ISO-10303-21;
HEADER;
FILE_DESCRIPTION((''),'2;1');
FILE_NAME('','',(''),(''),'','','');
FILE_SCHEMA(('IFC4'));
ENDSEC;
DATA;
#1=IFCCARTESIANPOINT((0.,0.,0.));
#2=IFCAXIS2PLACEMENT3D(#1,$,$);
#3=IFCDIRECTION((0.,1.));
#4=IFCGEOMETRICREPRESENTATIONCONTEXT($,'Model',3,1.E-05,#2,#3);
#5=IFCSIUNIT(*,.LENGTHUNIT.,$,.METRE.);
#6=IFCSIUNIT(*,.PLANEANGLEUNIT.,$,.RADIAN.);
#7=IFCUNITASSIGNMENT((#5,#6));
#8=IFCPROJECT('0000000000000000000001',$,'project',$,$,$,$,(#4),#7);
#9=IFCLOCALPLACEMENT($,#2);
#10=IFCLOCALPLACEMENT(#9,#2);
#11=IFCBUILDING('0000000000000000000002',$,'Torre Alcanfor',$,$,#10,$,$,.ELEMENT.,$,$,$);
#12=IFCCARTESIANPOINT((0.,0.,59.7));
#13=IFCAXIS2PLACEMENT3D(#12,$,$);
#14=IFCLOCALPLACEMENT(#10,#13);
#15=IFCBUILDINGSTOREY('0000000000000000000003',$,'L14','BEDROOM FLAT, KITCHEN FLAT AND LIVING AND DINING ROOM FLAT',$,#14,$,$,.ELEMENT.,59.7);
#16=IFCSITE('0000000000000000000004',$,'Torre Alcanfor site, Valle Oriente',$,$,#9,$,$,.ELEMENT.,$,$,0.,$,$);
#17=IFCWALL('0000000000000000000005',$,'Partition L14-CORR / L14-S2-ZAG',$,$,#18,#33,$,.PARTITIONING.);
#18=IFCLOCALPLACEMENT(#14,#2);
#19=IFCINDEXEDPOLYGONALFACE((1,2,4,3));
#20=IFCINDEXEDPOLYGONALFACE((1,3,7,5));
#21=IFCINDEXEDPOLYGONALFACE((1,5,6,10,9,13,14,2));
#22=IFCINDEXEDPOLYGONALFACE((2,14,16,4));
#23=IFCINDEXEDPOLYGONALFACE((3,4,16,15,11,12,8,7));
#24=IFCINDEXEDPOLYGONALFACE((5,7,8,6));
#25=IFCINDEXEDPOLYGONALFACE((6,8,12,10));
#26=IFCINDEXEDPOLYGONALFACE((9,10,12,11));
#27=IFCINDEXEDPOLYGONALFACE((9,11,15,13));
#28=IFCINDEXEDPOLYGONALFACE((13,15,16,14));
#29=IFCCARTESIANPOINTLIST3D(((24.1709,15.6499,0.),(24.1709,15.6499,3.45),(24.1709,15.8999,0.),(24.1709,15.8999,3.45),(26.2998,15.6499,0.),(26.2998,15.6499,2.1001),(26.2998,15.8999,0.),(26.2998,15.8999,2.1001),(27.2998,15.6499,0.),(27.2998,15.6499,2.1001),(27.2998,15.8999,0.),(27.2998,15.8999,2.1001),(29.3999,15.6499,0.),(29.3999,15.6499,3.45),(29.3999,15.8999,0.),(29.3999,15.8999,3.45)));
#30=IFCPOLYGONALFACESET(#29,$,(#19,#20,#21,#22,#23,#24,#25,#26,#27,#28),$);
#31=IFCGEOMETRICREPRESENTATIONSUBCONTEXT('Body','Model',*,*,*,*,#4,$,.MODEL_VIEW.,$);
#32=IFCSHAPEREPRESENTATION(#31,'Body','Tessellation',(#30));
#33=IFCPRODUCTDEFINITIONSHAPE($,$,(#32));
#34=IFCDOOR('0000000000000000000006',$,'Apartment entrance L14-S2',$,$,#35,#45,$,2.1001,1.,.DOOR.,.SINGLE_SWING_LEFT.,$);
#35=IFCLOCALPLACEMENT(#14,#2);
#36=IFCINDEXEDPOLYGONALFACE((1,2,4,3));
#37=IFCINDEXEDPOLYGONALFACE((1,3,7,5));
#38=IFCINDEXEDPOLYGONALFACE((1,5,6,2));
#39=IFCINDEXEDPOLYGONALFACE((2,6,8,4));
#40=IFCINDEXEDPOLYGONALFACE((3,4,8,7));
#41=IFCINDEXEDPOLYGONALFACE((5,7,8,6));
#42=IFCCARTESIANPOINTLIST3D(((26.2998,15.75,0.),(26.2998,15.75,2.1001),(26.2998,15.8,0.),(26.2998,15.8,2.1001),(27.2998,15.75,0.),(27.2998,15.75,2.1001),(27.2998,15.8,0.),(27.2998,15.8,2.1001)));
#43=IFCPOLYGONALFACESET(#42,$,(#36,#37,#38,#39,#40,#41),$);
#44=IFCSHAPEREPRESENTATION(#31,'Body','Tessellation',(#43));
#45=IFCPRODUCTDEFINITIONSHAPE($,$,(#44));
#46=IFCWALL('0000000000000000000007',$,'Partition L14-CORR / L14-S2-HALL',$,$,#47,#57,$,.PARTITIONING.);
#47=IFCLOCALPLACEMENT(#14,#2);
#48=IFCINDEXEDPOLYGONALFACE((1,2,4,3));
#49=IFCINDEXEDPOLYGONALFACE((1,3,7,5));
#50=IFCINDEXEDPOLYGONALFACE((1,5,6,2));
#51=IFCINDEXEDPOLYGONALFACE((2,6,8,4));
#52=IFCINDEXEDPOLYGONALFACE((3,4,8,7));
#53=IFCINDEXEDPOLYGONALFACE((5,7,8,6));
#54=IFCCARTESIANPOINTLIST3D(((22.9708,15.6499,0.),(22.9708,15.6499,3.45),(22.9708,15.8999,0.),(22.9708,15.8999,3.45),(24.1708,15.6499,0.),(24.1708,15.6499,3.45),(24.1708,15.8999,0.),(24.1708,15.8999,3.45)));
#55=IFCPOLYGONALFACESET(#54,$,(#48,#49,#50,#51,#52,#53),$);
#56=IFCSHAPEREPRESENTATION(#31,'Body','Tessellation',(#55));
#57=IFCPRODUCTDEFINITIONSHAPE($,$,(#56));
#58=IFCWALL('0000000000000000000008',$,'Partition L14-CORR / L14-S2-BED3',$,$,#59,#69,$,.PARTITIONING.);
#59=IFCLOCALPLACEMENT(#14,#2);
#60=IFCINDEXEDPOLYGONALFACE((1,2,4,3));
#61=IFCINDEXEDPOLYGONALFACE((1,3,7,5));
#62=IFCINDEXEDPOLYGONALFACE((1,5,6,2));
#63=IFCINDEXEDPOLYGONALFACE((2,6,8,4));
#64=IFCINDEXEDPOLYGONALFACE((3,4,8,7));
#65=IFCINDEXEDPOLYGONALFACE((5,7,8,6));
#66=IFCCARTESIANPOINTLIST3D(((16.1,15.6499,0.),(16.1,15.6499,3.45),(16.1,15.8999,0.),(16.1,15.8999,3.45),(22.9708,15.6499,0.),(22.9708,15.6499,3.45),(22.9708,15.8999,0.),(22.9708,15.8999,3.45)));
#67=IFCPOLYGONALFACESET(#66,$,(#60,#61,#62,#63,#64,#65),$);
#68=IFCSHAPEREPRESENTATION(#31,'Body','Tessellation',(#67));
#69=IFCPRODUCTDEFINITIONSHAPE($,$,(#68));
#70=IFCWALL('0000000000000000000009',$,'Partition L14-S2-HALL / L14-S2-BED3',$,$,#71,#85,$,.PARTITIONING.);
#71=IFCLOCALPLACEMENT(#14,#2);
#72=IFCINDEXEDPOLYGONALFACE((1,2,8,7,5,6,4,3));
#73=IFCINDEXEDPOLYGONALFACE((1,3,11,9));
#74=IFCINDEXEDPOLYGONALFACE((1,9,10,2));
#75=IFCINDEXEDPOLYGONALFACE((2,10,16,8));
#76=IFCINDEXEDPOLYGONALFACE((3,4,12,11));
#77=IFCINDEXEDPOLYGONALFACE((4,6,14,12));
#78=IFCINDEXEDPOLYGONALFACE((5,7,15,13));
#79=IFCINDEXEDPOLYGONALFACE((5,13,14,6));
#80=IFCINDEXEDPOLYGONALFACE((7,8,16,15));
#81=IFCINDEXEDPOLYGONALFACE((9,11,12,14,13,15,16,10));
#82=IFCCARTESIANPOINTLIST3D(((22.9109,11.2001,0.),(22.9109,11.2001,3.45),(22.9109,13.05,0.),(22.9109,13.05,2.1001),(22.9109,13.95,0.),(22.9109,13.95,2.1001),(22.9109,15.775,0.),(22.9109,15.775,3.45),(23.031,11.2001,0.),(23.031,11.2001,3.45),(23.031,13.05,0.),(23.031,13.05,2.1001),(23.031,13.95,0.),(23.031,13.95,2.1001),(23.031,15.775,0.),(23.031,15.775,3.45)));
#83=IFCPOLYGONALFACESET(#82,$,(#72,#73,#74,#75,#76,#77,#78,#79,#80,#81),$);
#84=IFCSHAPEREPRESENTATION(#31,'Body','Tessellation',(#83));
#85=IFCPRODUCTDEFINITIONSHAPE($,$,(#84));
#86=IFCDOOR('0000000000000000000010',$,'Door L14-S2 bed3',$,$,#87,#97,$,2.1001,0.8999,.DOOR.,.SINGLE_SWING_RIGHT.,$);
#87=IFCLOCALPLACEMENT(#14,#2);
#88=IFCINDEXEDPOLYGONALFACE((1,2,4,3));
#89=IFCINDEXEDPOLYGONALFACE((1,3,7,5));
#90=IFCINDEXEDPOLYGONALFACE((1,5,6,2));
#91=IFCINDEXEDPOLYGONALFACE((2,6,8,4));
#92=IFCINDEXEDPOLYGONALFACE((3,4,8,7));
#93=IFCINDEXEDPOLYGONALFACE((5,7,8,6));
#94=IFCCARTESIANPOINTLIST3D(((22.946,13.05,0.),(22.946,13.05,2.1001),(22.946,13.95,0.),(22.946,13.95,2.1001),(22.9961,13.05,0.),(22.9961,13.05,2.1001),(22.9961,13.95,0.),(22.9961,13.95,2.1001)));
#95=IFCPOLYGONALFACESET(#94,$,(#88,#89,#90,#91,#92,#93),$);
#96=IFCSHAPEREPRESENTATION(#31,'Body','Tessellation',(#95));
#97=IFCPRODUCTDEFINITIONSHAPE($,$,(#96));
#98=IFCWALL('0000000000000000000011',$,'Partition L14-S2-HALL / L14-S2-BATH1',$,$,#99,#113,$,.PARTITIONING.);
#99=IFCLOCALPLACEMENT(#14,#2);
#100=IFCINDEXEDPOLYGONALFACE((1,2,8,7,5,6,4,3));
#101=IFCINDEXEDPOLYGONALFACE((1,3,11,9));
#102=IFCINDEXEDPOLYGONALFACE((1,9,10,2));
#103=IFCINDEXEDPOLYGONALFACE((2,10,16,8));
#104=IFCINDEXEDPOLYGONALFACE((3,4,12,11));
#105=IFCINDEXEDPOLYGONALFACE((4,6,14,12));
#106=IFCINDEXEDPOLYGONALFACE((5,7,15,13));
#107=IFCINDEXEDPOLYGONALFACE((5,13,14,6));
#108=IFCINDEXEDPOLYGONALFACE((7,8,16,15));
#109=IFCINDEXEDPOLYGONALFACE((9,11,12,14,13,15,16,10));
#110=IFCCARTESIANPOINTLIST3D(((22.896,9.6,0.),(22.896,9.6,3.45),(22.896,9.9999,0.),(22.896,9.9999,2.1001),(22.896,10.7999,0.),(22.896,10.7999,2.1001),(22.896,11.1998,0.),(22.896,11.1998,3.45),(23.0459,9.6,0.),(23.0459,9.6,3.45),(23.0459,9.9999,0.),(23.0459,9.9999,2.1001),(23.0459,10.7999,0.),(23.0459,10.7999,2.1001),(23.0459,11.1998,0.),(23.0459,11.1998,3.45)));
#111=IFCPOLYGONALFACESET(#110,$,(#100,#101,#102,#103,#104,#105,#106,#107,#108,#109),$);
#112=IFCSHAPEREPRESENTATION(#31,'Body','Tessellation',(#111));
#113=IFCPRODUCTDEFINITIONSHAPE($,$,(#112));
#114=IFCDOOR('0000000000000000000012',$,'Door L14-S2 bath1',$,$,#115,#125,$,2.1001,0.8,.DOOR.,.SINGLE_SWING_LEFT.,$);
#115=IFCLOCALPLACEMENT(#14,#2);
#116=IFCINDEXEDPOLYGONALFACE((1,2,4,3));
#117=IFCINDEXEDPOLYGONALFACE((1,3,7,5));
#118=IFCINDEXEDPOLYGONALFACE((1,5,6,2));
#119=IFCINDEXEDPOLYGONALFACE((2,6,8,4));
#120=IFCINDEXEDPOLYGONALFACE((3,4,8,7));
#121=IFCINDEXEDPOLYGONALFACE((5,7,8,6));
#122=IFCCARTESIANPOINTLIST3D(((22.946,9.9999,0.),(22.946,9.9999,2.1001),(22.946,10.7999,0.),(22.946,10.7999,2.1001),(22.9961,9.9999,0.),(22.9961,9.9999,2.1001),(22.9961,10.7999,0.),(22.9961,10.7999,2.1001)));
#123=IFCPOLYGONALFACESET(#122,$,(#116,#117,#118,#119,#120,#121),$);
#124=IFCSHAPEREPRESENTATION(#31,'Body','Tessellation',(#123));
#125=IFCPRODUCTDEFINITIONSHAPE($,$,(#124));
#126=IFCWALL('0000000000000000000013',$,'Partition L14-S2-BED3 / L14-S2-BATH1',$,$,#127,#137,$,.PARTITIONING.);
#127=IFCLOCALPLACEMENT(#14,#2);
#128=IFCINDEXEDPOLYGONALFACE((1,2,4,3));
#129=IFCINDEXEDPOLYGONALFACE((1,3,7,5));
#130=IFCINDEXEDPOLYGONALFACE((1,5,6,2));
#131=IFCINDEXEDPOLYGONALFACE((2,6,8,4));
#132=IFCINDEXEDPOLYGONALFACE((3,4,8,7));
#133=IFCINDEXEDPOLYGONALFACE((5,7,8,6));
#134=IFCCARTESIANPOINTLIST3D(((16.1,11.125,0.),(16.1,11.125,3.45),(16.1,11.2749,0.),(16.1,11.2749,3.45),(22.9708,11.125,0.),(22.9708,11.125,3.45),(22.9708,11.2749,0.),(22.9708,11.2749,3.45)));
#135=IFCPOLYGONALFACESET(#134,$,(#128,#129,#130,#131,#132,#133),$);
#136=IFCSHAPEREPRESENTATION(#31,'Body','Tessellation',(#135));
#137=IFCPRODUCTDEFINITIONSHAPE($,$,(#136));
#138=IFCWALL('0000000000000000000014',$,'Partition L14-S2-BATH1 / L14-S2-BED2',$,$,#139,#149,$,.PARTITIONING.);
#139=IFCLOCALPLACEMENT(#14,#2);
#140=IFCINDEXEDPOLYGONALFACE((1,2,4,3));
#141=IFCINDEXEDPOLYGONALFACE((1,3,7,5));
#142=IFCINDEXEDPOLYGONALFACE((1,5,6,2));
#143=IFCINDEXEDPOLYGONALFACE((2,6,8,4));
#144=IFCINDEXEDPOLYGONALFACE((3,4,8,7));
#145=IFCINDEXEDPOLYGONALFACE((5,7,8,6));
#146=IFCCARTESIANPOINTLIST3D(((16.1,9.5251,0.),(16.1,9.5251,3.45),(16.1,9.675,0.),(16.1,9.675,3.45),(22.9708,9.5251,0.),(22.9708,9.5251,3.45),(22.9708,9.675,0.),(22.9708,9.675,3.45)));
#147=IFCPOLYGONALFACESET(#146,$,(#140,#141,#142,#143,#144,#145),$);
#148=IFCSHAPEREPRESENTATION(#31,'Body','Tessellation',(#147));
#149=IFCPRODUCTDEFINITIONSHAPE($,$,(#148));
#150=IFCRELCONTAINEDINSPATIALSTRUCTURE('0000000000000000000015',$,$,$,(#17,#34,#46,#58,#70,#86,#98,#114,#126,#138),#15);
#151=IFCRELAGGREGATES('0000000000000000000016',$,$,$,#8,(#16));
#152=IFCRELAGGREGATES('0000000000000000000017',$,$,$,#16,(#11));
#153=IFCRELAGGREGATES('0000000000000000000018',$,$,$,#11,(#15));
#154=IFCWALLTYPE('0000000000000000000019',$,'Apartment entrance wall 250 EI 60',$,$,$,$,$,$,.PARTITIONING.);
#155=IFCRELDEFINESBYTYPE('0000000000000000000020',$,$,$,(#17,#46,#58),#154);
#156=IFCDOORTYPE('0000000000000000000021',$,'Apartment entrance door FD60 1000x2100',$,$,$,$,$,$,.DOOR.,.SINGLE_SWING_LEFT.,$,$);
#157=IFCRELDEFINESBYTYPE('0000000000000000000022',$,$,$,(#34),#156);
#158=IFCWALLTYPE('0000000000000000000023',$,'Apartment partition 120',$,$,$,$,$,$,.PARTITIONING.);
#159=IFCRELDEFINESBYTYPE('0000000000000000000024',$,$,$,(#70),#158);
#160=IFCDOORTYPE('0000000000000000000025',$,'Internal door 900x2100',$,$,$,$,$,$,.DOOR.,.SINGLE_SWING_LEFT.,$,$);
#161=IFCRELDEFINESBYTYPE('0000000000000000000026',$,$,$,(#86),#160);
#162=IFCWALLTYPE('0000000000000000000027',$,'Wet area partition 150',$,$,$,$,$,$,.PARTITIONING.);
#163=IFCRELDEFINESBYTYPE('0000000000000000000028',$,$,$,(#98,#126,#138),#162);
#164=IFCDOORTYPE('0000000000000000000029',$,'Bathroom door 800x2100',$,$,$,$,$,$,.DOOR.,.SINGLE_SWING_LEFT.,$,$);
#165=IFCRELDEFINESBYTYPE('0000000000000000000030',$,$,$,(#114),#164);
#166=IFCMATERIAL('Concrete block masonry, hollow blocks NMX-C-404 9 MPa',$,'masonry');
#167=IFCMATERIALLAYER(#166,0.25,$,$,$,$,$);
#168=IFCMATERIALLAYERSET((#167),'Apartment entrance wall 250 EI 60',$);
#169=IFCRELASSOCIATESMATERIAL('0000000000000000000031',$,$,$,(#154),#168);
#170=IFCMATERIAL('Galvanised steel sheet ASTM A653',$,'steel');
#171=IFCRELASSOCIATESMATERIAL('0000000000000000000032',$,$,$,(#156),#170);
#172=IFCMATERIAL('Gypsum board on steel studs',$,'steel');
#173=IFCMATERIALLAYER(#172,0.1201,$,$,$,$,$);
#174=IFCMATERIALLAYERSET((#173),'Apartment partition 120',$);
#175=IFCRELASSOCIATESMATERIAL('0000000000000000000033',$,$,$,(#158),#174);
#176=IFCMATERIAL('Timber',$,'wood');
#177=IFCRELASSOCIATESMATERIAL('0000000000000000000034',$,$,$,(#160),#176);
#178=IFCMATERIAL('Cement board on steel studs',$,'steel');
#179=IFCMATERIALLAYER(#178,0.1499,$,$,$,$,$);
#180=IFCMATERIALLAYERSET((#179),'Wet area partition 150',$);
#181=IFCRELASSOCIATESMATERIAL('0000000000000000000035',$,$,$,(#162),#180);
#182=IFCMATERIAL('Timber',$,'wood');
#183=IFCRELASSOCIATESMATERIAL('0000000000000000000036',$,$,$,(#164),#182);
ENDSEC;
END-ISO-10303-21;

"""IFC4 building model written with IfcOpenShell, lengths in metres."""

from ifc_helpers import new_model, si_unit, direction, frame, frame_2d, origin, place, context, subcontext, project, spatial, rectangle, extrude, material, layer, layer_set, type_object, element, fill, save


model = new_model("IFC4")

# Units and contexts
model_context = context("Model", 3, precision=1e-05, world=origin(), true_north=direction((0.0, 1.0)))
body_context = subcontext(model_context, "Body", "Model", "MODEL_VIEW")
ifc_project = project(units=[si_unit("LENGTHUNIT", "METRE"), si_unit("PLANEANGLEUNIT", "RADIAN")], contexts=[model_context])

# Site, building, storey
site_placement = place(None, origin())
site = spatial("IfcSite", under=ifc_project, at=site_placement, Name="Torre Alcanfor site, Valle Oriente", CompositionType="ELEMENT", RefElevation=0.0)
building_placement = place(site_placement, origin())
building = spatial("IfcBuilding", under=site, at=building_placement, Name="Torre Alcanfor", CompositionType="ELEMENT")
storey_placement = place(building_placement, frame((0.0, 0.0, 59.7)))
storey = spatial("IfcBuildingStorey", under=building, at=storey_placement, Name="L14", Description="BEDROOM FLAT, KITCHEN FLAT AND LIVING AND DINING ROOM FLAT", CompositionType="ELEMENT", Elevation=59.7)

# Wall, opening, door
ifc_material_1 = material(Name="Concrete block masonry, hollow blocks NMX-C-404 9 MPa", Category="masonry")
ifc_layer_1 = layer(ifc_material_1, 0.25)
ifc_layer_set_1 = layer_set([ifc_layer_1], Name="Apartment entrance wall 250 EI 60")
wall_type_1 = type_object("IfcWallType", Name="Apartment entrance wall 250 EI 60", PredefinedType="PARTITIONING", material=ifc_layer_set_1)
wall_1_placement = place(storey_placement, frame((29.3999, 15.7749, 0.0), z_axis=(0.0, 0.0, 1.0), x_axis=(-1.0, 0.0, 0.0)))
wall_1 = element("IfcWall", 1, at=wall_1_placement, inside=storey, type_object=wall_type_1, Name="Partition L14-CORR / L14-S2-ZAG", PredefinedType="PARTITIONING", context=body_context, shape_type="SweptSolid", body=[
    extrude(rectangle(XDim=5.229, YDim=0.25, at=frame_2d((2.6145, 0.0))), origin(), (0.0, 0.0, 1.0), 3.45),
])
opening_1_placement = place(wall_1_placement, frame((2.1001, 0.0, 0.0)))
opening_1 = element("IfcOpeningElement", 2, at=opening_1_placement, cuts=wall_1, PredefinedType="OPENING", context=body_context, shape_type="SweptSolid", body=[
    extrude(rectangle(XDim=1.0, YDim=2.1001, at=frame_2d((0.5, 1.05))), frame((0.0, 0.135, 0.0), z_axis=(0.0, -1.0, 0.0), x_axis=(1.0, 0.0, 0.0)), (0.0, 0.0, 1.0), 0.27),
])
ifc_material_2 = material(Name="Galvanised steel sheet ASTM A653", Category="steel")
door_type_1 = type_object("IfcDoorType", Name="Apartment entrance door FD60 1000x2100", OperationType="SINGLE_SWING_LEFT", PredefinedType="DOOR", material=ifc_material_2)
door_1_placement = place(opening_1_placement, origin())
door_1 = element("IfcDoor", 3, at=door_1_placement, inside=storey, type_object=door_type_1, Name="Apartment entrance L14-S2", OperationType="SINGLE_SWING_LEFT", OverallHeight=2.1001, OverallWidth=1.0, PredefinedType="DOOR", context=body_context, shape_type="SweptSolid", body=[
    extrude(rectangle(XDim=1.0, YDim=2.1001, at=frame_2d((0.5, 1.05))), frame((0.0, 0.0249, 0.0), z_axis=(0.0, -1.0, 0.0), x_axis=(1.0, 0.0, 0.0)), (0.0, 0.0, 1.0), 0.05),
])
fill(opening_1, door_1)

# Walls
wall_2_placement = place(storey_placement, frame((24.1709, 15.7749, 0.0), z_axis=(0.0, 0.0, 1.0), x_axis=(-1.0, 0.0, 0.0)))
element("IfcWall", 4, at=wall_2_placement, inside=storey, type_object=wall_type_1, Name="Partition L14-CORR / L14-S2-HALL", PredefinedType="PARTITIONING", context=body_context, shape_type="SweptSolid", body=[
    extrude(rectangle(XDim=1.2, YDim=0.25, at=frame_2d((0.6001, 0.0))), origin(), (0.0, 0.0, 1.0), 3.45),
])
wall_3_placement = place(storey_placement, frame((22.9709, 15.7749, 0.0), z_axis=(0.0, 0.0, 1.0), x_axis=(-1.0, 0.0, 0.0)))
element("IfcWall", 5, at=wall_3_placement, inside=storey, type_object=wall_type_1, Name="Partition L14-CORR / L14-S2-BED3", PredefinedType="PARTITIONING", context=body_context, shape_type="SweptSolid", body=[
    extrude(rectangle(XDim=6.8708, YDim=0.25, at=frame_2d((3.4355, 0.0))), origin(), (0.0, 0.0, 1.0), 3.45),
])

# Walls, openings, doors
ifc_material_3 = material(Name="Gypsum board on steel studs", Category="steel")
ifc_layer_2 = layer(ifc_material_3, 0.1201)
ifc_layer_set_2 = layer_set([ifc_layer_2], Name="Apartment partition 120")
wall_type_2 = type_object("IfcWallType", Name="Apartment partition 120", PredefinedType="PARTITIONING", material=ifc_layer_set_2)
wall_4_placement = place(storey_placement, frame((22.9709, 11.2, 0.0), z_axis=(0.0, 0.0, 1.0), x_axis=(0.0, 1.0, 0.0)))
wall_4 = element("IfcWall", 6, at=wall_4_placement, inside=storey, type_object=wall_type_2, Name="Partition L14-S2-HALL / L14-S2-BED3", PredefinedType="PARTITIONING", context=body_context, shape_type="SweptSolid", body=[
    extrude(rectangle(XDim=4.575, YDim=0.1201, at=frame_2d((2.2876, 0.0))), origin(), (0.0, 0.0, 1.0), 3.45),
])
opening_2_placement = place(wall_4_placement, frame((1.8501, 0.0, 0.0)))
opening_2 = element("IfcOpeningElement", 7, at=opening_2_placement, cuts=wall_4, PredefinedType="OPENING", context=body_context, shape_type="SweptSolid", body=[
    extrude(rectangle(XDim=0.8999, YDim=2.1001, at=frame_2d((0.45, 1.05))), frame((0.0, 0.0701, 0.0), z_axis=(0.0, -1.0, 0.0), x_axis=(1.0, 0.0, 0.0)), (0.0, 0.0, 1.0), 0.1401),
])
ifc_material_4 = material(Name="Timber", Category="wood")
door_type_2 = type_object("IfcDoorType", Name="Internal door 900x2100", OperationType="SINGLE_SWING_LEFT", PredefinedType="DOOR", material=ifc_material_4)
door_2_placement = place(opening_2_placement, origin())
door_2 = element("IfcDoor", 8, at=door_2_placement, inside=storey, type_object=door_type_2, Name="Door L14-S2 bed3", OperationType="SINGLE_SWING_RIGHT", OverallHeight=2.1001, OverallWidth=0.8999, PredefinedType="DOOR", context=body_context, shape_type="SweptSolid", body=[
    extrude(rectangle(XDim=0.8999, YDim=2.1001, at=frame_2d((0.45, 1.05))), frame((0.0, 0.0249, 0.0), z_axis=(0.0, -1.0, 0.0), x_axis=(1.0, 0.0, 0.0)), (0.0, 0.0, 1.0), 0.05),
])
fill(opening_2, door_2)
ifc_material_5 = material(Name="Cement board on steel studs", Category="steel")
ifc_layer_3 = layer(ifc_material_5, 0.1499)
ifc_layer_set_3 = layer_set([ifc_layer_3], Name="Wet area partition 150")
wall_type_3 = type_object("IfcWallType", Name="Wet area partition 150", PredefinedType="PARTITIONING", material=ifc_layer_set_3)
wall_5_placement = place(storey_placement, frame((22.9709, 9.6001, 0.0), z_axis=(0.0, 0.0, 1.0), x_axis=(0.0, 1.0, 0.0)))
wall_5 = element("IfcWall", 9, at=wall_5_placement, inside=storey, type_object=wall_type_3, Name="Partition L14-S2-HALL / L14-S2-BATH1", PredefinedType="PARTITIONING", context=body_context, shape_type="SweptSolid", body=[
    extrude(rectangle(XDim=1.5999, YDim=0.1499, at=frame_2d((0.7998, 0.0))), origin(), (0.0, 0.0, 1.0), 3.45),
])
opening_3_placement = place(wall_5_placement, frame((0.3999, 0.0, 0.0)))
opening_3 = element("IfcOpeningElement", 10, at=opening_3_placement, cuts=wall_5, PredefinedType="OPENING", context=body_context, shape_type="SweptSolid", body=[
    extrude(rectangle(XDim=0.8, YDim=2.1001, at=frame_2d((0.3999, 1.05))), frame((0.0, 0.085, 0.0), z_axis=(0.0, -1.0, 0.0), x_axis=(1.0, 0.0, 0.0)), (0.0, 0.0, 1.0), 0.1699),
])
ifc_material_6 = material(Name="Timber", Category="wood")
door_type_3 = type_object("IfcDoorType", Name="Bathroom door 800x2100", OperationType="SINGLE_SWING_LEFT", PredefinedType="DOOR", material=ifc_material_6)
door_3_placement = place(opening_3_placement, origin())
door_3 = element("IfcDoor", 11, at=door_3_placement, inside=storey, type_object=door_type_3, Name="Door L14-S2 bath1", OperationType="SINGLE_SWING_LEFT", OverallHeight=2.1001, OverallWidth=0.8, PredefinedType="DOOR", context=body_context, shape_type="SweptSolid", body=[
    extrude(rectangle(XDim=0.8, YDim=2.1001, at=frame_2d((0.3999, 1.05))), frame((0.0, 0.0249, 0.0), z_axis=(0.0, -1.0, 0.0), x_axis=(1.0, 0.0, 0.0)), (0.0, 0.0, 1.0), 0.05),
])
fill(opening_3, door_3)

# Walls
for number, where, z_axis, x_axis, name in (
    (12, (22.9709, 11.2, 0.0), (0.0, 0.0, 1.0), (-1.0, 0.0, 0.0), "Partition L14-S2-BED3 / L14-S2-BATH1"),
    (13, (22.9709, 9.6001, 0.0), (0.0, 0.0, 1.0), (-1.0, 0.0, 0.0), "Partition L14-S2-BATH1 / L14-S2-BED2"),
):
    element("IfcWall", number, at=place(storey_placement, frame(where, z_axis=z_axis, x_axis=x_axis)), inside=storey, type_object=wall_type_3, Name=name, PredefinedType="PARTITIONING", context=body_context, shape_type="SweptSolid", body=[
        extrude(rectangle(XDim=6.8708, YDim=0.1499, at=frame_2d((3.4355, 0.0))), origin(), (0.0, 0.0, 1.0), 3.45),
    ])

save(model, "model.ifc")
